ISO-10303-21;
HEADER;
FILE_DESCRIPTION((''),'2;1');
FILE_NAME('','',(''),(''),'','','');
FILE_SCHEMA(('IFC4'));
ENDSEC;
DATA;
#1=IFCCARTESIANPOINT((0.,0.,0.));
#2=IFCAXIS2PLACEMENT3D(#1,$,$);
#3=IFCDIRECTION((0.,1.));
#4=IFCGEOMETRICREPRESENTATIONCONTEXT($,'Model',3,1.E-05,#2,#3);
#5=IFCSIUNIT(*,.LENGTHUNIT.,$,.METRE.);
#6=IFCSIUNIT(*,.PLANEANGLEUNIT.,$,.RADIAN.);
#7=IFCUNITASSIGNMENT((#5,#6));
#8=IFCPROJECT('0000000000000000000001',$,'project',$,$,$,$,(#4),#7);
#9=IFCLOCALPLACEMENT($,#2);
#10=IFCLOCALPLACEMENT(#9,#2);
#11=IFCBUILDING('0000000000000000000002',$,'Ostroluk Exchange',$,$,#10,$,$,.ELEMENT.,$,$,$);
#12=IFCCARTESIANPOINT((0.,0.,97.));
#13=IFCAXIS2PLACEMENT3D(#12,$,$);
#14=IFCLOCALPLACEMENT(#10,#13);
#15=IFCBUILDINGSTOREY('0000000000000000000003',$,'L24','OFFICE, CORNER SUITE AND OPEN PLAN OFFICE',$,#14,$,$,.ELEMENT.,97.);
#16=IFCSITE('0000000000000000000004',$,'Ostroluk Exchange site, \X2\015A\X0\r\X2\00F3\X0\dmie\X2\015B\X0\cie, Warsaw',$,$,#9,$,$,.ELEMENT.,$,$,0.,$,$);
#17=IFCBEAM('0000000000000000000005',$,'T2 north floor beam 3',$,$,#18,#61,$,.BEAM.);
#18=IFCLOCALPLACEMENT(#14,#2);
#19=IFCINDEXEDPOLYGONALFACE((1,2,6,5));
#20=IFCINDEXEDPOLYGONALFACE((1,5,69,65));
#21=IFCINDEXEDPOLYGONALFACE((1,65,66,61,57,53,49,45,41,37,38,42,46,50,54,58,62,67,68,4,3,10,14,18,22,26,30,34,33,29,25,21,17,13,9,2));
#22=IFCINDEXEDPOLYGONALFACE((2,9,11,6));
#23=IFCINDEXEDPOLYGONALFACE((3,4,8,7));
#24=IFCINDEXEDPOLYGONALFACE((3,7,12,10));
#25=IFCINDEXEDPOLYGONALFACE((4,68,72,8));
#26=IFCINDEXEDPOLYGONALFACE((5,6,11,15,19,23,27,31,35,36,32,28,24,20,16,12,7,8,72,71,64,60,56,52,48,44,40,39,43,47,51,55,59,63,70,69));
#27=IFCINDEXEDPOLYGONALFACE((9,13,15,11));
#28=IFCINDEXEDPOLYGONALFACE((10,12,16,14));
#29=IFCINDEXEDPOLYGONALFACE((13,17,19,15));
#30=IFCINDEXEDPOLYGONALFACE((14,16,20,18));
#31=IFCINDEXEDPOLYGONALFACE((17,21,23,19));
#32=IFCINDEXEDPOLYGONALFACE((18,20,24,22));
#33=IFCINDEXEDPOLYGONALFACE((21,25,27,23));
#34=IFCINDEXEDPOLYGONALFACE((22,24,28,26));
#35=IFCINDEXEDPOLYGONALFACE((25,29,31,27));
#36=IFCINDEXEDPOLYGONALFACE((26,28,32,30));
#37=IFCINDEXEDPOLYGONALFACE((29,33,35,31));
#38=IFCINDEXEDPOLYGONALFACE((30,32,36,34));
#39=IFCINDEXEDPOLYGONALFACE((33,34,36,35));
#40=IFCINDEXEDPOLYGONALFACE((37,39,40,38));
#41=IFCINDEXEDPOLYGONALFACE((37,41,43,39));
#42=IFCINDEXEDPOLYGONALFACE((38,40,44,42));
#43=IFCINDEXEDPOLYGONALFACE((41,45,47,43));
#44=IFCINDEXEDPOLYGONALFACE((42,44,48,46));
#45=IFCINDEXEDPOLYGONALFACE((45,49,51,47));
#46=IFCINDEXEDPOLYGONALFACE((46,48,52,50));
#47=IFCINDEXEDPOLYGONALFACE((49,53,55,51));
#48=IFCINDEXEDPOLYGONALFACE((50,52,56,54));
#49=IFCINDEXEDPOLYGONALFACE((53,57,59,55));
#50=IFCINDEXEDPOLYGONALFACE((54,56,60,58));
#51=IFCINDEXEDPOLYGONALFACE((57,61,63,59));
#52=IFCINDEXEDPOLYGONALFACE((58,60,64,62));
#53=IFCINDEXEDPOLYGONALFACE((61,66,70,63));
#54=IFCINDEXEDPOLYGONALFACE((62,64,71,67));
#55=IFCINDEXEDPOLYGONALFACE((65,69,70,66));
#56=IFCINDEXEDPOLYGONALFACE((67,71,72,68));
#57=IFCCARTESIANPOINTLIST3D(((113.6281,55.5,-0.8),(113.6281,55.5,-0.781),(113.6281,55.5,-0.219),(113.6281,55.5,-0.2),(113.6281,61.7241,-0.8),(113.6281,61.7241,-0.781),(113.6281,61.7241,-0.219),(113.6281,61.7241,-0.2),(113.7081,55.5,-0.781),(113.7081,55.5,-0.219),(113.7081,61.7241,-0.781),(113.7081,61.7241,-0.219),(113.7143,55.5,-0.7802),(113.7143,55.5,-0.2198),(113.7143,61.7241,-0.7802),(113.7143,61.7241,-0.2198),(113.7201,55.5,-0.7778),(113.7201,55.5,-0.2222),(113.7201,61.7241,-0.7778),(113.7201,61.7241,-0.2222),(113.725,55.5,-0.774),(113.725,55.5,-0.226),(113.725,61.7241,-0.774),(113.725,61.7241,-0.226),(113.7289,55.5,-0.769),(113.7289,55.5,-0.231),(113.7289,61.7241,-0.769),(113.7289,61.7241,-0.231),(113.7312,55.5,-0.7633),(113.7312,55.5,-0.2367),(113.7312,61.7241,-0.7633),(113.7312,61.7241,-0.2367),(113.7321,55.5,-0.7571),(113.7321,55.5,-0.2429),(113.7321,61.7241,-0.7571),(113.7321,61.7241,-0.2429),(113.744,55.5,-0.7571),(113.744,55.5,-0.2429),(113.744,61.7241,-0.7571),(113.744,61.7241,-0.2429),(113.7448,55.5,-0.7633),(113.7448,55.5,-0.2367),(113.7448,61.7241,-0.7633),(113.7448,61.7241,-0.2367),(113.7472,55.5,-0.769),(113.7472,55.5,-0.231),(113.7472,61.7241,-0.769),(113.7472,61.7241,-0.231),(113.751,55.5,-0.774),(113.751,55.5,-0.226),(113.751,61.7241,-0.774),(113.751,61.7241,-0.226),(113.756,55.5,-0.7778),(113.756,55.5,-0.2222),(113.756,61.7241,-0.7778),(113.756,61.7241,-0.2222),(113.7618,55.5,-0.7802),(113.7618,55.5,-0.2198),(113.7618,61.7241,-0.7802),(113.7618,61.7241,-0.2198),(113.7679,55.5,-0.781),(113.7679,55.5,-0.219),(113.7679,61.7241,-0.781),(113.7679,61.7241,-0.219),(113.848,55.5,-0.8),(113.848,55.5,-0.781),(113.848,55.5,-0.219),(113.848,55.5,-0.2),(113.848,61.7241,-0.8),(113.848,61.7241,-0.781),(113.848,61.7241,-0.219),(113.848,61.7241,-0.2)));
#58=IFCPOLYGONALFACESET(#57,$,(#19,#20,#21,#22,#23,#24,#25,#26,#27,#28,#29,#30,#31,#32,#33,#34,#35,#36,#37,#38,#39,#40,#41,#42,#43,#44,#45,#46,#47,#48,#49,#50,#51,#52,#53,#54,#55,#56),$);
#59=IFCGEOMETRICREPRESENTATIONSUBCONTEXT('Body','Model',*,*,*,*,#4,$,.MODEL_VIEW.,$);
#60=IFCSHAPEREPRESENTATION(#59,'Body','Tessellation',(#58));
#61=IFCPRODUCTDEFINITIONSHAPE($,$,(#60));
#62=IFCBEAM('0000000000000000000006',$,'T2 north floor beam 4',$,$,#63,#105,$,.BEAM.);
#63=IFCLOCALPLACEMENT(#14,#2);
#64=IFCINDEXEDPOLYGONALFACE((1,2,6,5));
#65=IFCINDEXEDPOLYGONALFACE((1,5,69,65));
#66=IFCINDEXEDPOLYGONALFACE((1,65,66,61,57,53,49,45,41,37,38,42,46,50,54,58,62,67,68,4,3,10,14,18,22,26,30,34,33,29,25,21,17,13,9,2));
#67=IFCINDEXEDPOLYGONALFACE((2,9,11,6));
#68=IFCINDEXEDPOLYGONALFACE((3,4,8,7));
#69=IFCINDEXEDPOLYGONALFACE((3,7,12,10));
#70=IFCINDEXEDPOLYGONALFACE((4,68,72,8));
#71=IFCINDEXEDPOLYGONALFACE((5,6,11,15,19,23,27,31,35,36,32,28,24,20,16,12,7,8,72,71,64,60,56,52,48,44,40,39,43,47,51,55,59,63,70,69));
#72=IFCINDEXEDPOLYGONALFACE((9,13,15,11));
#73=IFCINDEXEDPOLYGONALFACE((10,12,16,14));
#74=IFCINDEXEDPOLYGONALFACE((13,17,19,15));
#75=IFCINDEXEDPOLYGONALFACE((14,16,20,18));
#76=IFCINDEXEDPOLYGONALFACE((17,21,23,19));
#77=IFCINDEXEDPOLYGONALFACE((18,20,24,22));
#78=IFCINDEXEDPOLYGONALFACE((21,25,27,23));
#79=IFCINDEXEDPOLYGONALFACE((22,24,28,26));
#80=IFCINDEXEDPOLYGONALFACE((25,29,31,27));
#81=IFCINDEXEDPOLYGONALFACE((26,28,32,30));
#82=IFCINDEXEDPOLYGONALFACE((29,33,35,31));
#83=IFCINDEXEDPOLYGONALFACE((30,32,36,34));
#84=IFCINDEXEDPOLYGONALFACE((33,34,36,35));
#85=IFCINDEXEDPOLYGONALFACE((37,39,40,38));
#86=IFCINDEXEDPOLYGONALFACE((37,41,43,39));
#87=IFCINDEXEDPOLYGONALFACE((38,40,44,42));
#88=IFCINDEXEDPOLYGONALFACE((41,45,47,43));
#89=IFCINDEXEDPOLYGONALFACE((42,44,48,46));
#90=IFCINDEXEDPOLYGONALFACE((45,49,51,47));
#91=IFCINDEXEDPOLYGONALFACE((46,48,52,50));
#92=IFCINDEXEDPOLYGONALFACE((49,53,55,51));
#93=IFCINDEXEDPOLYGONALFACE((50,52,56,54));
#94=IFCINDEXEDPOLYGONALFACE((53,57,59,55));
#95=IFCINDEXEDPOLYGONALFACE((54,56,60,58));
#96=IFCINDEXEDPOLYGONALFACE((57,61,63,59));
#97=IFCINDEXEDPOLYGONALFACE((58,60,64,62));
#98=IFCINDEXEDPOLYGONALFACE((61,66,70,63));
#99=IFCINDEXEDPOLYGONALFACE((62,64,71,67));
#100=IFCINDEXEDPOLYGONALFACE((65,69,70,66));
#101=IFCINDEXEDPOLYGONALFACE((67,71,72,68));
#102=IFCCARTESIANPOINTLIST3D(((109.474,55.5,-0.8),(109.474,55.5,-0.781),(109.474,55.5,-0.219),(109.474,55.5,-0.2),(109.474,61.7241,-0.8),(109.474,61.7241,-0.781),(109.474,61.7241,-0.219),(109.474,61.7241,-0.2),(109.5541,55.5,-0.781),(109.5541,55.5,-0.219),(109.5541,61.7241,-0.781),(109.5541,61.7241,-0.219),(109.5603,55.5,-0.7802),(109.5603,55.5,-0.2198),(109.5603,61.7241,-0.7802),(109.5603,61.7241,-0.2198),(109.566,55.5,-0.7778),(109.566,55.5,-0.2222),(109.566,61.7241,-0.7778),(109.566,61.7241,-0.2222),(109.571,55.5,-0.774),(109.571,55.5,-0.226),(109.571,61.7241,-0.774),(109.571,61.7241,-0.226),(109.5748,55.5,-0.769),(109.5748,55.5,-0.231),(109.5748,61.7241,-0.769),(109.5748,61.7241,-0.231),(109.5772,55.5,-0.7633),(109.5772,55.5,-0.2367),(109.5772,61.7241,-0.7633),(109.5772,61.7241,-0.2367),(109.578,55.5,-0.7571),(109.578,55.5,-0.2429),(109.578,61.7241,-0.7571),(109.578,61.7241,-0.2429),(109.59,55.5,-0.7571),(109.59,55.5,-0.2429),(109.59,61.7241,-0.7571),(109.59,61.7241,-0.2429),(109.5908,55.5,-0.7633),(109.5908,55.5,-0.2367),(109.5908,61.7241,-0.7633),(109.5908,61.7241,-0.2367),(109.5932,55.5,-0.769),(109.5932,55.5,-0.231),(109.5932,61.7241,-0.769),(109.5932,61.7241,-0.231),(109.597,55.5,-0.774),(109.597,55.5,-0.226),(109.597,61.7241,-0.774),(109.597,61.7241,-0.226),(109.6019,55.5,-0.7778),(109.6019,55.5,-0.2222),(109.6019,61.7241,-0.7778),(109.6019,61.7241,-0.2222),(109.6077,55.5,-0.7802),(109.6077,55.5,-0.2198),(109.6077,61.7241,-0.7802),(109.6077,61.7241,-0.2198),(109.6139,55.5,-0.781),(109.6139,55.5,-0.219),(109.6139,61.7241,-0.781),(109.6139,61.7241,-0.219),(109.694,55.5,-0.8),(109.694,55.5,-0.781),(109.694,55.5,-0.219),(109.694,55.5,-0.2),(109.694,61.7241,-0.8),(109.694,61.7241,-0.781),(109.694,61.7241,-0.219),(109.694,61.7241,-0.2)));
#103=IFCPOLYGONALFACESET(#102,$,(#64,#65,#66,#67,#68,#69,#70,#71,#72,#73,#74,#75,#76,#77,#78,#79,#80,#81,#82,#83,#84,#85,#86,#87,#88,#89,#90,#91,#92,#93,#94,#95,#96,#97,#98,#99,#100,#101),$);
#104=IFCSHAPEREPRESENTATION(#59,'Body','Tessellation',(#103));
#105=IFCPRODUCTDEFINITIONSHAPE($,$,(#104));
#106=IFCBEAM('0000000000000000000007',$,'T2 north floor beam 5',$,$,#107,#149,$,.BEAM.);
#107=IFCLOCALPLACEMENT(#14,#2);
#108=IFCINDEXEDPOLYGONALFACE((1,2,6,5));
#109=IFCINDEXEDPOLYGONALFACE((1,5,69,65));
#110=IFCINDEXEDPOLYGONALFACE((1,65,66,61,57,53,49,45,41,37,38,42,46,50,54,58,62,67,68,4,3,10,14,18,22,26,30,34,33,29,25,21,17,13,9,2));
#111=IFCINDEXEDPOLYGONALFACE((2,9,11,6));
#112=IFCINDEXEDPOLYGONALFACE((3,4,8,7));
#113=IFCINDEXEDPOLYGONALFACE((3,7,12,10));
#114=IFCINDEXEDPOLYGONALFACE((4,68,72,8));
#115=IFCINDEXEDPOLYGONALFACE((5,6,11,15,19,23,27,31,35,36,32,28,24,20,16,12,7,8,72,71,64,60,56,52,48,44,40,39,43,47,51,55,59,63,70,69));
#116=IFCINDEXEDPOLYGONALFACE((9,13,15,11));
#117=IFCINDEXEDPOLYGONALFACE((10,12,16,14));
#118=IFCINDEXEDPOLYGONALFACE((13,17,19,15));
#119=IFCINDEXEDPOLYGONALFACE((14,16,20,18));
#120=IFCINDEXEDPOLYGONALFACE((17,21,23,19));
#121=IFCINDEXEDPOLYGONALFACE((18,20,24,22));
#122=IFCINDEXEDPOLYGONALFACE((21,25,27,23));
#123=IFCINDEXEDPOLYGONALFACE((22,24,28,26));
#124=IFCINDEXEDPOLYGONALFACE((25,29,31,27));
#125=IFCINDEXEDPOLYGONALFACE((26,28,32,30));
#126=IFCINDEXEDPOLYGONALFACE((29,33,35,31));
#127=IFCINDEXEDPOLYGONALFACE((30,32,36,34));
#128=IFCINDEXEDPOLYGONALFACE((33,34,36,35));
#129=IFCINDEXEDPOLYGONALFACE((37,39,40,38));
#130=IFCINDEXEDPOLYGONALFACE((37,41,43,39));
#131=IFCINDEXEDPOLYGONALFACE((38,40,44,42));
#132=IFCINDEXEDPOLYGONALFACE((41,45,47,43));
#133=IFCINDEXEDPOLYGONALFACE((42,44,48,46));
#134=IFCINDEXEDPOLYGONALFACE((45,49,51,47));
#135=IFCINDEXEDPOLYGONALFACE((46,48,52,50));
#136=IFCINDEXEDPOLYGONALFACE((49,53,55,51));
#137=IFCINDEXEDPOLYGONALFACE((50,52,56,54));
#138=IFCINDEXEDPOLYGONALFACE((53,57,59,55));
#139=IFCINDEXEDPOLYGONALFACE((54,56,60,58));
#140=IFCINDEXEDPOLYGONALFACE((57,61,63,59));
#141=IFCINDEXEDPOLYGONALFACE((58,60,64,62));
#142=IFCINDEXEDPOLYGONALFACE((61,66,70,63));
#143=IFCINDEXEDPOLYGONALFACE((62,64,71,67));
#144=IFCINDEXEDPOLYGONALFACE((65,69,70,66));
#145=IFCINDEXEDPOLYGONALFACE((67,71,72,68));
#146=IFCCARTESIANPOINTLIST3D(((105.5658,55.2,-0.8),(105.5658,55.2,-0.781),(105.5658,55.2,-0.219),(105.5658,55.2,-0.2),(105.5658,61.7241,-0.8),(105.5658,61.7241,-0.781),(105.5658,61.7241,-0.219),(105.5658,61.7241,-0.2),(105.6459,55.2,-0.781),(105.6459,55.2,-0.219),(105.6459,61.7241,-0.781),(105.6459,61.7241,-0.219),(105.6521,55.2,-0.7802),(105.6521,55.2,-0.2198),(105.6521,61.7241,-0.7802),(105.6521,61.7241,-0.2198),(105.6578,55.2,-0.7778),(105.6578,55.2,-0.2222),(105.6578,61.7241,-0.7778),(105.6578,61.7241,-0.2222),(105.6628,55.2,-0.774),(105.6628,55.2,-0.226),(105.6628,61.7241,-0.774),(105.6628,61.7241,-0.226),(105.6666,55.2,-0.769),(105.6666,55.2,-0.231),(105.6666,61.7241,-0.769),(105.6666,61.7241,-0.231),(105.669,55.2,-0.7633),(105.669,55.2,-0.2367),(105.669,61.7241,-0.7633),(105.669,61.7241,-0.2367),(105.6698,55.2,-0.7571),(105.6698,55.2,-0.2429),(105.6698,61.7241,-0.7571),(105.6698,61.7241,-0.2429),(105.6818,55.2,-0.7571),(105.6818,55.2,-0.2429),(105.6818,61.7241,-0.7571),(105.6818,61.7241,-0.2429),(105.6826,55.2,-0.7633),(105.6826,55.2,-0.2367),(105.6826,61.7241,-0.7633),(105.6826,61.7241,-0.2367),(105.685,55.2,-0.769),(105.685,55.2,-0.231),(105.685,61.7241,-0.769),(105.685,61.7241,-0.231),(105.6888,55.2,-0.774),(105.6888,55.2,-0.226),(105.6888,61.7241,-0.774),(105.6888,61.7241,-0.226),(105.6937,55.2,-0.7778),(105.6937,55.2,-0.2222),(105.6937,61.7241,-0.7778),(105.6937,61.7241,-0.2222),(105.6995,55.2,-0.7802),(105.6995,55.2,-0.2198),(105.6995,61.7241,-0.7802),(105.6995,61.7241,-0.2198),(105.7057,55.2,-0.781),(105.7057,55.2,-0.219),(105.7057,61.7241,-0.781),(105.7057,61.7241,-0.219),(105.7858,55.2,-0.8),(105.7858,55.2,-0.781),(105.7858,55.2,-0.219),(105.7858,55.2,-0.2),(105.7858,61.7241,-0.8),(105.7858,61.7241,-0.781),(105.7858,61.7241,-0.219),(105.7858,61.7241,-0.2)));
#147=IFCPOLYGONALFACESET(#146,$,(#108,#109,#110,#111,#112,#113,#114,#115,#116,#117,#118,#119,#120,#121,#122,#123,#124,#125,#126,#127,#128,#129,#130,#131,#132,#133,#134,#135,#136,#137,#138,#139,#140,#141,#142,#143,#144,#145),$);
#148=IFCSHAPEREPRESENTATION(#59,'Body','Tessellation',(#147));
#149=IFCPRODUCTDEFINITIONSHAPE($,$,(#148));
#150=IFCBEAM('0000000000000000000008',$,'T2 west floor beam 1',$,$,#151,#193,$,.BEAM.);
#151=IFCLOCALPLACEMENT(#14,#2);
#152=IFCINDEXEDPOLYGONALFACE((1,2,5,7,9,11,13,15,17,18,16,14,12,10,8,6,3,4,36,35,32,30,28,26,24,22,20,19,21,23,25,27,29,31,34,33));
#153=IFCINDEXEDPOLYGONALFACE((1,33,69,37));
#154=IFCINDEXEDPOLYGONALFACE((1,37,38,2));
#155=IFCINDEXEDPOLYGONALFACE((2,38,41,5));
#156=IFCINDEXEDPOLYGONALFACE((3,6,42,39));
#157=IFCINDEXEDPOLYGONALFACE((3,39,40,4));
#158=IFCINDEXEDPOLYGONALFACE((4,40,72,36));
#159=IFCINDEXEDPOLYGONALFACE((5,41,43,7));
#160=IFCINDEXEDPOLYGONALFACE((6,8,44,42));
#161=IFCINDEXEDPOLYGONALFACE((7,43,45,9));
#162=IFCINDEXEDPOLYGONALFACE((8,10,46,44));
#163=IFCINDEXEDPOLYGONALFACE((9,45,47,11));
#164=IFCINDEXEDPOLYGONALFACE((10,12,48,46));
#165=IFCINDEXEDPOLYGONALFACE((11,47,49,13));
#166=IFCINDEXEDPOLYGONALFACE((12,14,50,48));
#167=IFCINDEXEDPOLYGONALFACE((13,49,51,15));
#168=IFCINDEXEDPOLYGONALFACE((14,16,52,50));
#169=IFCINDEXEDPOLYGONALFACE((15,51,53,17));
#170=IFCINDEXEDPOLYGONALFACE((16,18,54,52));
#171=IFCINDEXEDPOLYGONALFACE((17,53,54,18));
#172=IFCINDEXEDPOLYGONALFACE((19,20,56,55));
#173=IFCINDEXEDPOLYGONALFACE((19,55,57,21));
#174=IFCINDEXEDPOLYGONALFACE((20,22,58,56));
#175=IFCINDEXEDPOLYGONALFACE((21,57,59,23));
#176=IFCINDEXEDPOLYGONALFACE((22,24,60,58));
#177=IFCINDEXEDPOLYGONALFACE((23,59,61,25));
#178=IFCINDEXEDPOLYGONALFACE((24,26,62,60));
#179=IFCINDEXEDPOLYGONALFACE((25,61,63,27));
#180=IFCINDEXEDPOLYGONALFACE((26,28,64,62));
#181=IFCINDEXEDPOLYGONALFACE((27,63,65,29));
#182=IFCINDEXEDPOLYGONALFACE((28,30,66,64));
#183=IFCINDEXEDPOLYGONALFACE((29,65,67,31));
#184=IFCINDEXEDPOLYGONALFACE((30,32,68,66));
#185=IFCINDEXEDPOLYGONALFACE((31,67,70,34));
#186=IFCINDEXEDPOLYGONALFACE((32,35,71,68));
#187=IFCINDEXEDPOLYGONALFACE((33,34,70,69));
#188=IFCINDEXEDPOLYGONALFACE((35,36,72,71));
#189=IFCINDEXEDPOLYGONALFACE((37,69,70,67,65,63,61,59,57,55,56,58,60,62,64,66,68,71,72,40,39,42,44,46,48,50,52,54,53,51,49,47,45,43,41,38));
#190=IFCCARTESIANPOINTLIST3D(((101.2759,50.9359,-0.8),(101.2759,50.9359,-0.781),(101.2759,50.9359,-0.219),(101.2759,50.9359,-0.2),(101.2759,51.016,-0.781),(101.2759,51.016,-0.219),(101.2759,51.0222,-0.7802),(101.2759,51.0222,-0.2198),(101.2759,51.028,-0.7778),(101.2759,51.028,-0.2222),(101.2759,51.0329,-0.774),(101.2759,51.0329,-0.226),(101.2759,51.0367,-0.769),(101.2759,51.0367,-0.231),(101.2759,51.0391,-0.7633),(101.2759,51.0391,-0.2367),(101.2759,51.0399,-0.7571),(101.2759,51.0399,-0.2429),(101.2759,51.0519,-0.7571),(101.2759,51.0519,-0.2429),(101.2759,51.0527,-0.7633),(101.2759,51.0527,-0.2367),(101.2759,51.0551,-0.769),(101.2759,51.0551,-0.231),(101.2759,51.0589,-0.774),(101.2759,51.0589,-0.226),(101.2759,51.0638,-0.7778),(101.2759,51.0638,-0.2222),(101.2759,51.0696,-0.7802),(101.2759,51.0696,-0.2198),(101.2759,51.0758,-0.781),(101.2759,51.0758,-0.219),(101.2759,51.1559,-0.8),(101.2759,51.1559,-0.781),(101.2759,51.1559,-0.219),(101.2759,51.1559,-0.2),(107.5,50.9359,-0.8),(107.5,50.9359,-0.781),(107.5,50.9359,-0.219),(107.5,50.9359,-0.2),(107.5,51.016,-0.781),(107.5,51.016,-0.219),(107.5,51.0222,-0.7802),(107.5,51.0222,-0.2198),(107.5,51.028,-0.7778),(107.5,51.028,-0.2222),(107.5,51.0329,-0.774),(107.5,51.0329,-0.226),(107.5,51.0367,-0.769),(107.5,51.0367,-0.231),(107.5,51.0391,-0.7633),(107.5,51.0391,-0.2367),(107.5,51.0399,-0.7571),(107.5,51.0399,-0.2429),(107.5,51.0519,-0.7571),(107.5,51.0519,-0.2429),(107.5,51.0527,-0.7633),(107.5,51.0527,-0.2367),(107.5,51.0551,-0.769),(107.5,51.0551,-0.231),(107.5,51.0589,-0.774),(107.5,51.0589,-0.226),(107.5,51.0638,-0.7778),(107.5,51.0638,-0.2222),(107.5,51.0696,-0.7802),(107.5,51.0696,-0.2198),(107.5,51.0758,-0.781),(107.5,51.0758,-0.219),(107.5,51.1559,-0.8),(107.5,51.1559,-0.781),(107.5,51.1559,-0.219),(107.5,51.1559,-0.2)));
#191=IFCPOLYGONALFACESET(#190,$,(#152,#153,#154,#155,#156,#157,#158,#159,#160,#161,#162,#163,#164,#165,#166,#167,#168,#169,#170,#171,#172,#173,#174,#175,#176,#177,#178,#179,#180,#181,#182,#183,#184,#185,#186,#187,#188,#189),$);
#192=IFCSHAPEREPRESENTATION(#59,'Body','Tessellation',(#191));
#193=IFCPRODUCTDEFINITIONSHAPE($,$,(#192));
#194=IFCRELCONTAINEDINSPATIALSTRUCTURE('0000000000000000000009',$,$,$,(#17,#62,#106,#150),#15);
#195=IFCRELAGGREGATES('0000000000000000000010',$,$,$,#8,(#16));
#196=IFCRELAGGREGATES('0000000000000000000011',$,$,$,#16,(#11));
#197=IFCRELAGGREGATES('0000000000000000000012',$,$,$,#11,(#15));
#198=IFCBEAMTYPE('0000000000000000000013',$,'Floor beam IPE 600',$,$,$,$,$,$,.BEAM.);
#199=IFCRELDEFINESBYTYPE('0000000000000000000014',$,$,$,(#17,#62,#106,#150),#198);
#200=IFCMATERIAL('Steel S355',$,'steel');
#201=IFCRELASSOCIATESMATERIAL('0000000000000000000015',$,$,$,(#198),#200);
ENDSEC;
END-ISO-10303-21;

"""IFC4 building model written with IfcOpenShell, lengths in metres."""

from ifc_helpers import new_model, si_unit, direction, frame, origin, origin_2d, place, context, subcontext, project, spatial, i_section, extrude, material, material_profile, profile_set, type_object, element, save


model = new_model("IFC4")

# Units and contexts
model_context = context("Model", 3, precision=1e-05, world=origin(), true_north=direction((0.0, 1.0)))
body_context = subcontext(model_context, "Body", "Model", "MODEL_VIEW")
ifc_project = project(units=[si_unit("LENGTHUNIT", "METRE"), si_unit("PLANEANGLEUNIT", "RADIAN")], contexts=[model_context])

# Site, building, storey
site_placement = place(None, origin())
site = spatial("IfcSite", under=ifc_project, at=site_placement, Name="Ostroluk Exchange site, Śródmieście, Warsaw", CompositionType="ELEMENT", RefElevation=0.0)
building_placement = place(site_placement, origin())
building = spatial("IfcBuilding", under=site, at=building_placement, Name="Ostroluk Exchange", CompositionType="ELEMENT")
storey_placement = place(building_placement, frame((0.0, 0.0, 97.0)))
storey = spatial("IfcBuildingStorey", under=building, at=storey_placement, Name="L24", Description="OFFICE, CORNER SUITE AND OPEN PLAN OFFICE", CompositionType="ELEMENT", Elevation=97.0)

# Beams
ifc_material_1 = material(Name="Steel S355", Category="steel")
ifc_material_profile_1 = material_profile(ifc_material_1, i_section(OverallWidth=0.22, OverallDepth=0.6001, WebThickness=0.012, FlangeThickness=0.019, FilletRadius=0.0239, at=origin_2d()), Name="IPE 600")
ifc_profile_set_1 = profile_set([ifc_material_profile_1], Name="Steel S355")
beam_type_1 = type_object("IfcBeamType", Name="Floor beam IPE 600", PredefinedType="BEAM", material=ifc_profile_set_1)
for number, where, z_axis, x_axis, name in (
    (1, (113.738, 55.5, -0.5), (0.0, 1.0, 0.0), (-1.0, 0.0, 0.0), "T2 north floor beam 3"),
    (2, (109.584, 55.5, -0.5), (0.0, 1.0, 0.0), (-1.0, 0.0, 0.0), "T2 north floor beam 4"),
):
    element("IfcBeam", number, at=place(storey_placement, frame(where, z_axis=z_axis, x_axis=x_axis)), inside=storey, type_object=beam_type_1, Name=name, PredefinedType="BEAM", context=body_context, shape_type="SweptSolid", body=[
        extrude(i_section(OverallWidth=0.22, OverallDepth=0.6001, WebThickness=0.012, FlangeThickness=0.019, FilletRadius=0.0239, at=origin_2d()), origin(), (0.0, 0.0, 1.0), 6.2241),
    ])
beam_1_placement = place(storey_placement, frame((105.6758, 55.2, -0.5), z_axis=(0.0, 1.0, 0.0), x_axis=(-1.0, 0.0, 0.0)))
element("IfcBeam", 3, at=beam_1_placement, inside=storey, type_object=beam_type_1, Name="T2 north floor beam 5", PredefinedType="BEAM", context=body_context, shape_type="SweptSolid", body=[
    extrude(i_section(OverallWidth=0.22, OverallDepth=0.6001, WebThickness=0.012, FlangeThickness=0.019, FilletRadius=0.0239, at=origin_2d()), origin(), (0.0, 0.0, 1.0), 6.5242),
])
for number, where, z_axis, x_axis, name in (
    (4, (107.5, 51.0459, -0.5), (-1.0, 0.0, 0.0), (0.0, -1.0, 0.0), "T2 west floor beam 1"),
):
    element("IfcBeam", number, at=place(storey_placement, frame(where, z_axis=z_axis, x_axis=x_axis)), inside=storey, type_object=beam_type_1, Name=name, PredefinedType="BEAM", context=body_context, shape_type="SweptSolid", body=[
        extrude(i_section(OverallWidth=0.22, OverallDepth=0.6001, WebThickness=0.012, FlangeThickness=0.019, FilletRadius=0.0239, at=origin_2d()), origin(), (0.0, 0.0, 1.0), 6.2241),
    ])

save(model, "model.ifc")
